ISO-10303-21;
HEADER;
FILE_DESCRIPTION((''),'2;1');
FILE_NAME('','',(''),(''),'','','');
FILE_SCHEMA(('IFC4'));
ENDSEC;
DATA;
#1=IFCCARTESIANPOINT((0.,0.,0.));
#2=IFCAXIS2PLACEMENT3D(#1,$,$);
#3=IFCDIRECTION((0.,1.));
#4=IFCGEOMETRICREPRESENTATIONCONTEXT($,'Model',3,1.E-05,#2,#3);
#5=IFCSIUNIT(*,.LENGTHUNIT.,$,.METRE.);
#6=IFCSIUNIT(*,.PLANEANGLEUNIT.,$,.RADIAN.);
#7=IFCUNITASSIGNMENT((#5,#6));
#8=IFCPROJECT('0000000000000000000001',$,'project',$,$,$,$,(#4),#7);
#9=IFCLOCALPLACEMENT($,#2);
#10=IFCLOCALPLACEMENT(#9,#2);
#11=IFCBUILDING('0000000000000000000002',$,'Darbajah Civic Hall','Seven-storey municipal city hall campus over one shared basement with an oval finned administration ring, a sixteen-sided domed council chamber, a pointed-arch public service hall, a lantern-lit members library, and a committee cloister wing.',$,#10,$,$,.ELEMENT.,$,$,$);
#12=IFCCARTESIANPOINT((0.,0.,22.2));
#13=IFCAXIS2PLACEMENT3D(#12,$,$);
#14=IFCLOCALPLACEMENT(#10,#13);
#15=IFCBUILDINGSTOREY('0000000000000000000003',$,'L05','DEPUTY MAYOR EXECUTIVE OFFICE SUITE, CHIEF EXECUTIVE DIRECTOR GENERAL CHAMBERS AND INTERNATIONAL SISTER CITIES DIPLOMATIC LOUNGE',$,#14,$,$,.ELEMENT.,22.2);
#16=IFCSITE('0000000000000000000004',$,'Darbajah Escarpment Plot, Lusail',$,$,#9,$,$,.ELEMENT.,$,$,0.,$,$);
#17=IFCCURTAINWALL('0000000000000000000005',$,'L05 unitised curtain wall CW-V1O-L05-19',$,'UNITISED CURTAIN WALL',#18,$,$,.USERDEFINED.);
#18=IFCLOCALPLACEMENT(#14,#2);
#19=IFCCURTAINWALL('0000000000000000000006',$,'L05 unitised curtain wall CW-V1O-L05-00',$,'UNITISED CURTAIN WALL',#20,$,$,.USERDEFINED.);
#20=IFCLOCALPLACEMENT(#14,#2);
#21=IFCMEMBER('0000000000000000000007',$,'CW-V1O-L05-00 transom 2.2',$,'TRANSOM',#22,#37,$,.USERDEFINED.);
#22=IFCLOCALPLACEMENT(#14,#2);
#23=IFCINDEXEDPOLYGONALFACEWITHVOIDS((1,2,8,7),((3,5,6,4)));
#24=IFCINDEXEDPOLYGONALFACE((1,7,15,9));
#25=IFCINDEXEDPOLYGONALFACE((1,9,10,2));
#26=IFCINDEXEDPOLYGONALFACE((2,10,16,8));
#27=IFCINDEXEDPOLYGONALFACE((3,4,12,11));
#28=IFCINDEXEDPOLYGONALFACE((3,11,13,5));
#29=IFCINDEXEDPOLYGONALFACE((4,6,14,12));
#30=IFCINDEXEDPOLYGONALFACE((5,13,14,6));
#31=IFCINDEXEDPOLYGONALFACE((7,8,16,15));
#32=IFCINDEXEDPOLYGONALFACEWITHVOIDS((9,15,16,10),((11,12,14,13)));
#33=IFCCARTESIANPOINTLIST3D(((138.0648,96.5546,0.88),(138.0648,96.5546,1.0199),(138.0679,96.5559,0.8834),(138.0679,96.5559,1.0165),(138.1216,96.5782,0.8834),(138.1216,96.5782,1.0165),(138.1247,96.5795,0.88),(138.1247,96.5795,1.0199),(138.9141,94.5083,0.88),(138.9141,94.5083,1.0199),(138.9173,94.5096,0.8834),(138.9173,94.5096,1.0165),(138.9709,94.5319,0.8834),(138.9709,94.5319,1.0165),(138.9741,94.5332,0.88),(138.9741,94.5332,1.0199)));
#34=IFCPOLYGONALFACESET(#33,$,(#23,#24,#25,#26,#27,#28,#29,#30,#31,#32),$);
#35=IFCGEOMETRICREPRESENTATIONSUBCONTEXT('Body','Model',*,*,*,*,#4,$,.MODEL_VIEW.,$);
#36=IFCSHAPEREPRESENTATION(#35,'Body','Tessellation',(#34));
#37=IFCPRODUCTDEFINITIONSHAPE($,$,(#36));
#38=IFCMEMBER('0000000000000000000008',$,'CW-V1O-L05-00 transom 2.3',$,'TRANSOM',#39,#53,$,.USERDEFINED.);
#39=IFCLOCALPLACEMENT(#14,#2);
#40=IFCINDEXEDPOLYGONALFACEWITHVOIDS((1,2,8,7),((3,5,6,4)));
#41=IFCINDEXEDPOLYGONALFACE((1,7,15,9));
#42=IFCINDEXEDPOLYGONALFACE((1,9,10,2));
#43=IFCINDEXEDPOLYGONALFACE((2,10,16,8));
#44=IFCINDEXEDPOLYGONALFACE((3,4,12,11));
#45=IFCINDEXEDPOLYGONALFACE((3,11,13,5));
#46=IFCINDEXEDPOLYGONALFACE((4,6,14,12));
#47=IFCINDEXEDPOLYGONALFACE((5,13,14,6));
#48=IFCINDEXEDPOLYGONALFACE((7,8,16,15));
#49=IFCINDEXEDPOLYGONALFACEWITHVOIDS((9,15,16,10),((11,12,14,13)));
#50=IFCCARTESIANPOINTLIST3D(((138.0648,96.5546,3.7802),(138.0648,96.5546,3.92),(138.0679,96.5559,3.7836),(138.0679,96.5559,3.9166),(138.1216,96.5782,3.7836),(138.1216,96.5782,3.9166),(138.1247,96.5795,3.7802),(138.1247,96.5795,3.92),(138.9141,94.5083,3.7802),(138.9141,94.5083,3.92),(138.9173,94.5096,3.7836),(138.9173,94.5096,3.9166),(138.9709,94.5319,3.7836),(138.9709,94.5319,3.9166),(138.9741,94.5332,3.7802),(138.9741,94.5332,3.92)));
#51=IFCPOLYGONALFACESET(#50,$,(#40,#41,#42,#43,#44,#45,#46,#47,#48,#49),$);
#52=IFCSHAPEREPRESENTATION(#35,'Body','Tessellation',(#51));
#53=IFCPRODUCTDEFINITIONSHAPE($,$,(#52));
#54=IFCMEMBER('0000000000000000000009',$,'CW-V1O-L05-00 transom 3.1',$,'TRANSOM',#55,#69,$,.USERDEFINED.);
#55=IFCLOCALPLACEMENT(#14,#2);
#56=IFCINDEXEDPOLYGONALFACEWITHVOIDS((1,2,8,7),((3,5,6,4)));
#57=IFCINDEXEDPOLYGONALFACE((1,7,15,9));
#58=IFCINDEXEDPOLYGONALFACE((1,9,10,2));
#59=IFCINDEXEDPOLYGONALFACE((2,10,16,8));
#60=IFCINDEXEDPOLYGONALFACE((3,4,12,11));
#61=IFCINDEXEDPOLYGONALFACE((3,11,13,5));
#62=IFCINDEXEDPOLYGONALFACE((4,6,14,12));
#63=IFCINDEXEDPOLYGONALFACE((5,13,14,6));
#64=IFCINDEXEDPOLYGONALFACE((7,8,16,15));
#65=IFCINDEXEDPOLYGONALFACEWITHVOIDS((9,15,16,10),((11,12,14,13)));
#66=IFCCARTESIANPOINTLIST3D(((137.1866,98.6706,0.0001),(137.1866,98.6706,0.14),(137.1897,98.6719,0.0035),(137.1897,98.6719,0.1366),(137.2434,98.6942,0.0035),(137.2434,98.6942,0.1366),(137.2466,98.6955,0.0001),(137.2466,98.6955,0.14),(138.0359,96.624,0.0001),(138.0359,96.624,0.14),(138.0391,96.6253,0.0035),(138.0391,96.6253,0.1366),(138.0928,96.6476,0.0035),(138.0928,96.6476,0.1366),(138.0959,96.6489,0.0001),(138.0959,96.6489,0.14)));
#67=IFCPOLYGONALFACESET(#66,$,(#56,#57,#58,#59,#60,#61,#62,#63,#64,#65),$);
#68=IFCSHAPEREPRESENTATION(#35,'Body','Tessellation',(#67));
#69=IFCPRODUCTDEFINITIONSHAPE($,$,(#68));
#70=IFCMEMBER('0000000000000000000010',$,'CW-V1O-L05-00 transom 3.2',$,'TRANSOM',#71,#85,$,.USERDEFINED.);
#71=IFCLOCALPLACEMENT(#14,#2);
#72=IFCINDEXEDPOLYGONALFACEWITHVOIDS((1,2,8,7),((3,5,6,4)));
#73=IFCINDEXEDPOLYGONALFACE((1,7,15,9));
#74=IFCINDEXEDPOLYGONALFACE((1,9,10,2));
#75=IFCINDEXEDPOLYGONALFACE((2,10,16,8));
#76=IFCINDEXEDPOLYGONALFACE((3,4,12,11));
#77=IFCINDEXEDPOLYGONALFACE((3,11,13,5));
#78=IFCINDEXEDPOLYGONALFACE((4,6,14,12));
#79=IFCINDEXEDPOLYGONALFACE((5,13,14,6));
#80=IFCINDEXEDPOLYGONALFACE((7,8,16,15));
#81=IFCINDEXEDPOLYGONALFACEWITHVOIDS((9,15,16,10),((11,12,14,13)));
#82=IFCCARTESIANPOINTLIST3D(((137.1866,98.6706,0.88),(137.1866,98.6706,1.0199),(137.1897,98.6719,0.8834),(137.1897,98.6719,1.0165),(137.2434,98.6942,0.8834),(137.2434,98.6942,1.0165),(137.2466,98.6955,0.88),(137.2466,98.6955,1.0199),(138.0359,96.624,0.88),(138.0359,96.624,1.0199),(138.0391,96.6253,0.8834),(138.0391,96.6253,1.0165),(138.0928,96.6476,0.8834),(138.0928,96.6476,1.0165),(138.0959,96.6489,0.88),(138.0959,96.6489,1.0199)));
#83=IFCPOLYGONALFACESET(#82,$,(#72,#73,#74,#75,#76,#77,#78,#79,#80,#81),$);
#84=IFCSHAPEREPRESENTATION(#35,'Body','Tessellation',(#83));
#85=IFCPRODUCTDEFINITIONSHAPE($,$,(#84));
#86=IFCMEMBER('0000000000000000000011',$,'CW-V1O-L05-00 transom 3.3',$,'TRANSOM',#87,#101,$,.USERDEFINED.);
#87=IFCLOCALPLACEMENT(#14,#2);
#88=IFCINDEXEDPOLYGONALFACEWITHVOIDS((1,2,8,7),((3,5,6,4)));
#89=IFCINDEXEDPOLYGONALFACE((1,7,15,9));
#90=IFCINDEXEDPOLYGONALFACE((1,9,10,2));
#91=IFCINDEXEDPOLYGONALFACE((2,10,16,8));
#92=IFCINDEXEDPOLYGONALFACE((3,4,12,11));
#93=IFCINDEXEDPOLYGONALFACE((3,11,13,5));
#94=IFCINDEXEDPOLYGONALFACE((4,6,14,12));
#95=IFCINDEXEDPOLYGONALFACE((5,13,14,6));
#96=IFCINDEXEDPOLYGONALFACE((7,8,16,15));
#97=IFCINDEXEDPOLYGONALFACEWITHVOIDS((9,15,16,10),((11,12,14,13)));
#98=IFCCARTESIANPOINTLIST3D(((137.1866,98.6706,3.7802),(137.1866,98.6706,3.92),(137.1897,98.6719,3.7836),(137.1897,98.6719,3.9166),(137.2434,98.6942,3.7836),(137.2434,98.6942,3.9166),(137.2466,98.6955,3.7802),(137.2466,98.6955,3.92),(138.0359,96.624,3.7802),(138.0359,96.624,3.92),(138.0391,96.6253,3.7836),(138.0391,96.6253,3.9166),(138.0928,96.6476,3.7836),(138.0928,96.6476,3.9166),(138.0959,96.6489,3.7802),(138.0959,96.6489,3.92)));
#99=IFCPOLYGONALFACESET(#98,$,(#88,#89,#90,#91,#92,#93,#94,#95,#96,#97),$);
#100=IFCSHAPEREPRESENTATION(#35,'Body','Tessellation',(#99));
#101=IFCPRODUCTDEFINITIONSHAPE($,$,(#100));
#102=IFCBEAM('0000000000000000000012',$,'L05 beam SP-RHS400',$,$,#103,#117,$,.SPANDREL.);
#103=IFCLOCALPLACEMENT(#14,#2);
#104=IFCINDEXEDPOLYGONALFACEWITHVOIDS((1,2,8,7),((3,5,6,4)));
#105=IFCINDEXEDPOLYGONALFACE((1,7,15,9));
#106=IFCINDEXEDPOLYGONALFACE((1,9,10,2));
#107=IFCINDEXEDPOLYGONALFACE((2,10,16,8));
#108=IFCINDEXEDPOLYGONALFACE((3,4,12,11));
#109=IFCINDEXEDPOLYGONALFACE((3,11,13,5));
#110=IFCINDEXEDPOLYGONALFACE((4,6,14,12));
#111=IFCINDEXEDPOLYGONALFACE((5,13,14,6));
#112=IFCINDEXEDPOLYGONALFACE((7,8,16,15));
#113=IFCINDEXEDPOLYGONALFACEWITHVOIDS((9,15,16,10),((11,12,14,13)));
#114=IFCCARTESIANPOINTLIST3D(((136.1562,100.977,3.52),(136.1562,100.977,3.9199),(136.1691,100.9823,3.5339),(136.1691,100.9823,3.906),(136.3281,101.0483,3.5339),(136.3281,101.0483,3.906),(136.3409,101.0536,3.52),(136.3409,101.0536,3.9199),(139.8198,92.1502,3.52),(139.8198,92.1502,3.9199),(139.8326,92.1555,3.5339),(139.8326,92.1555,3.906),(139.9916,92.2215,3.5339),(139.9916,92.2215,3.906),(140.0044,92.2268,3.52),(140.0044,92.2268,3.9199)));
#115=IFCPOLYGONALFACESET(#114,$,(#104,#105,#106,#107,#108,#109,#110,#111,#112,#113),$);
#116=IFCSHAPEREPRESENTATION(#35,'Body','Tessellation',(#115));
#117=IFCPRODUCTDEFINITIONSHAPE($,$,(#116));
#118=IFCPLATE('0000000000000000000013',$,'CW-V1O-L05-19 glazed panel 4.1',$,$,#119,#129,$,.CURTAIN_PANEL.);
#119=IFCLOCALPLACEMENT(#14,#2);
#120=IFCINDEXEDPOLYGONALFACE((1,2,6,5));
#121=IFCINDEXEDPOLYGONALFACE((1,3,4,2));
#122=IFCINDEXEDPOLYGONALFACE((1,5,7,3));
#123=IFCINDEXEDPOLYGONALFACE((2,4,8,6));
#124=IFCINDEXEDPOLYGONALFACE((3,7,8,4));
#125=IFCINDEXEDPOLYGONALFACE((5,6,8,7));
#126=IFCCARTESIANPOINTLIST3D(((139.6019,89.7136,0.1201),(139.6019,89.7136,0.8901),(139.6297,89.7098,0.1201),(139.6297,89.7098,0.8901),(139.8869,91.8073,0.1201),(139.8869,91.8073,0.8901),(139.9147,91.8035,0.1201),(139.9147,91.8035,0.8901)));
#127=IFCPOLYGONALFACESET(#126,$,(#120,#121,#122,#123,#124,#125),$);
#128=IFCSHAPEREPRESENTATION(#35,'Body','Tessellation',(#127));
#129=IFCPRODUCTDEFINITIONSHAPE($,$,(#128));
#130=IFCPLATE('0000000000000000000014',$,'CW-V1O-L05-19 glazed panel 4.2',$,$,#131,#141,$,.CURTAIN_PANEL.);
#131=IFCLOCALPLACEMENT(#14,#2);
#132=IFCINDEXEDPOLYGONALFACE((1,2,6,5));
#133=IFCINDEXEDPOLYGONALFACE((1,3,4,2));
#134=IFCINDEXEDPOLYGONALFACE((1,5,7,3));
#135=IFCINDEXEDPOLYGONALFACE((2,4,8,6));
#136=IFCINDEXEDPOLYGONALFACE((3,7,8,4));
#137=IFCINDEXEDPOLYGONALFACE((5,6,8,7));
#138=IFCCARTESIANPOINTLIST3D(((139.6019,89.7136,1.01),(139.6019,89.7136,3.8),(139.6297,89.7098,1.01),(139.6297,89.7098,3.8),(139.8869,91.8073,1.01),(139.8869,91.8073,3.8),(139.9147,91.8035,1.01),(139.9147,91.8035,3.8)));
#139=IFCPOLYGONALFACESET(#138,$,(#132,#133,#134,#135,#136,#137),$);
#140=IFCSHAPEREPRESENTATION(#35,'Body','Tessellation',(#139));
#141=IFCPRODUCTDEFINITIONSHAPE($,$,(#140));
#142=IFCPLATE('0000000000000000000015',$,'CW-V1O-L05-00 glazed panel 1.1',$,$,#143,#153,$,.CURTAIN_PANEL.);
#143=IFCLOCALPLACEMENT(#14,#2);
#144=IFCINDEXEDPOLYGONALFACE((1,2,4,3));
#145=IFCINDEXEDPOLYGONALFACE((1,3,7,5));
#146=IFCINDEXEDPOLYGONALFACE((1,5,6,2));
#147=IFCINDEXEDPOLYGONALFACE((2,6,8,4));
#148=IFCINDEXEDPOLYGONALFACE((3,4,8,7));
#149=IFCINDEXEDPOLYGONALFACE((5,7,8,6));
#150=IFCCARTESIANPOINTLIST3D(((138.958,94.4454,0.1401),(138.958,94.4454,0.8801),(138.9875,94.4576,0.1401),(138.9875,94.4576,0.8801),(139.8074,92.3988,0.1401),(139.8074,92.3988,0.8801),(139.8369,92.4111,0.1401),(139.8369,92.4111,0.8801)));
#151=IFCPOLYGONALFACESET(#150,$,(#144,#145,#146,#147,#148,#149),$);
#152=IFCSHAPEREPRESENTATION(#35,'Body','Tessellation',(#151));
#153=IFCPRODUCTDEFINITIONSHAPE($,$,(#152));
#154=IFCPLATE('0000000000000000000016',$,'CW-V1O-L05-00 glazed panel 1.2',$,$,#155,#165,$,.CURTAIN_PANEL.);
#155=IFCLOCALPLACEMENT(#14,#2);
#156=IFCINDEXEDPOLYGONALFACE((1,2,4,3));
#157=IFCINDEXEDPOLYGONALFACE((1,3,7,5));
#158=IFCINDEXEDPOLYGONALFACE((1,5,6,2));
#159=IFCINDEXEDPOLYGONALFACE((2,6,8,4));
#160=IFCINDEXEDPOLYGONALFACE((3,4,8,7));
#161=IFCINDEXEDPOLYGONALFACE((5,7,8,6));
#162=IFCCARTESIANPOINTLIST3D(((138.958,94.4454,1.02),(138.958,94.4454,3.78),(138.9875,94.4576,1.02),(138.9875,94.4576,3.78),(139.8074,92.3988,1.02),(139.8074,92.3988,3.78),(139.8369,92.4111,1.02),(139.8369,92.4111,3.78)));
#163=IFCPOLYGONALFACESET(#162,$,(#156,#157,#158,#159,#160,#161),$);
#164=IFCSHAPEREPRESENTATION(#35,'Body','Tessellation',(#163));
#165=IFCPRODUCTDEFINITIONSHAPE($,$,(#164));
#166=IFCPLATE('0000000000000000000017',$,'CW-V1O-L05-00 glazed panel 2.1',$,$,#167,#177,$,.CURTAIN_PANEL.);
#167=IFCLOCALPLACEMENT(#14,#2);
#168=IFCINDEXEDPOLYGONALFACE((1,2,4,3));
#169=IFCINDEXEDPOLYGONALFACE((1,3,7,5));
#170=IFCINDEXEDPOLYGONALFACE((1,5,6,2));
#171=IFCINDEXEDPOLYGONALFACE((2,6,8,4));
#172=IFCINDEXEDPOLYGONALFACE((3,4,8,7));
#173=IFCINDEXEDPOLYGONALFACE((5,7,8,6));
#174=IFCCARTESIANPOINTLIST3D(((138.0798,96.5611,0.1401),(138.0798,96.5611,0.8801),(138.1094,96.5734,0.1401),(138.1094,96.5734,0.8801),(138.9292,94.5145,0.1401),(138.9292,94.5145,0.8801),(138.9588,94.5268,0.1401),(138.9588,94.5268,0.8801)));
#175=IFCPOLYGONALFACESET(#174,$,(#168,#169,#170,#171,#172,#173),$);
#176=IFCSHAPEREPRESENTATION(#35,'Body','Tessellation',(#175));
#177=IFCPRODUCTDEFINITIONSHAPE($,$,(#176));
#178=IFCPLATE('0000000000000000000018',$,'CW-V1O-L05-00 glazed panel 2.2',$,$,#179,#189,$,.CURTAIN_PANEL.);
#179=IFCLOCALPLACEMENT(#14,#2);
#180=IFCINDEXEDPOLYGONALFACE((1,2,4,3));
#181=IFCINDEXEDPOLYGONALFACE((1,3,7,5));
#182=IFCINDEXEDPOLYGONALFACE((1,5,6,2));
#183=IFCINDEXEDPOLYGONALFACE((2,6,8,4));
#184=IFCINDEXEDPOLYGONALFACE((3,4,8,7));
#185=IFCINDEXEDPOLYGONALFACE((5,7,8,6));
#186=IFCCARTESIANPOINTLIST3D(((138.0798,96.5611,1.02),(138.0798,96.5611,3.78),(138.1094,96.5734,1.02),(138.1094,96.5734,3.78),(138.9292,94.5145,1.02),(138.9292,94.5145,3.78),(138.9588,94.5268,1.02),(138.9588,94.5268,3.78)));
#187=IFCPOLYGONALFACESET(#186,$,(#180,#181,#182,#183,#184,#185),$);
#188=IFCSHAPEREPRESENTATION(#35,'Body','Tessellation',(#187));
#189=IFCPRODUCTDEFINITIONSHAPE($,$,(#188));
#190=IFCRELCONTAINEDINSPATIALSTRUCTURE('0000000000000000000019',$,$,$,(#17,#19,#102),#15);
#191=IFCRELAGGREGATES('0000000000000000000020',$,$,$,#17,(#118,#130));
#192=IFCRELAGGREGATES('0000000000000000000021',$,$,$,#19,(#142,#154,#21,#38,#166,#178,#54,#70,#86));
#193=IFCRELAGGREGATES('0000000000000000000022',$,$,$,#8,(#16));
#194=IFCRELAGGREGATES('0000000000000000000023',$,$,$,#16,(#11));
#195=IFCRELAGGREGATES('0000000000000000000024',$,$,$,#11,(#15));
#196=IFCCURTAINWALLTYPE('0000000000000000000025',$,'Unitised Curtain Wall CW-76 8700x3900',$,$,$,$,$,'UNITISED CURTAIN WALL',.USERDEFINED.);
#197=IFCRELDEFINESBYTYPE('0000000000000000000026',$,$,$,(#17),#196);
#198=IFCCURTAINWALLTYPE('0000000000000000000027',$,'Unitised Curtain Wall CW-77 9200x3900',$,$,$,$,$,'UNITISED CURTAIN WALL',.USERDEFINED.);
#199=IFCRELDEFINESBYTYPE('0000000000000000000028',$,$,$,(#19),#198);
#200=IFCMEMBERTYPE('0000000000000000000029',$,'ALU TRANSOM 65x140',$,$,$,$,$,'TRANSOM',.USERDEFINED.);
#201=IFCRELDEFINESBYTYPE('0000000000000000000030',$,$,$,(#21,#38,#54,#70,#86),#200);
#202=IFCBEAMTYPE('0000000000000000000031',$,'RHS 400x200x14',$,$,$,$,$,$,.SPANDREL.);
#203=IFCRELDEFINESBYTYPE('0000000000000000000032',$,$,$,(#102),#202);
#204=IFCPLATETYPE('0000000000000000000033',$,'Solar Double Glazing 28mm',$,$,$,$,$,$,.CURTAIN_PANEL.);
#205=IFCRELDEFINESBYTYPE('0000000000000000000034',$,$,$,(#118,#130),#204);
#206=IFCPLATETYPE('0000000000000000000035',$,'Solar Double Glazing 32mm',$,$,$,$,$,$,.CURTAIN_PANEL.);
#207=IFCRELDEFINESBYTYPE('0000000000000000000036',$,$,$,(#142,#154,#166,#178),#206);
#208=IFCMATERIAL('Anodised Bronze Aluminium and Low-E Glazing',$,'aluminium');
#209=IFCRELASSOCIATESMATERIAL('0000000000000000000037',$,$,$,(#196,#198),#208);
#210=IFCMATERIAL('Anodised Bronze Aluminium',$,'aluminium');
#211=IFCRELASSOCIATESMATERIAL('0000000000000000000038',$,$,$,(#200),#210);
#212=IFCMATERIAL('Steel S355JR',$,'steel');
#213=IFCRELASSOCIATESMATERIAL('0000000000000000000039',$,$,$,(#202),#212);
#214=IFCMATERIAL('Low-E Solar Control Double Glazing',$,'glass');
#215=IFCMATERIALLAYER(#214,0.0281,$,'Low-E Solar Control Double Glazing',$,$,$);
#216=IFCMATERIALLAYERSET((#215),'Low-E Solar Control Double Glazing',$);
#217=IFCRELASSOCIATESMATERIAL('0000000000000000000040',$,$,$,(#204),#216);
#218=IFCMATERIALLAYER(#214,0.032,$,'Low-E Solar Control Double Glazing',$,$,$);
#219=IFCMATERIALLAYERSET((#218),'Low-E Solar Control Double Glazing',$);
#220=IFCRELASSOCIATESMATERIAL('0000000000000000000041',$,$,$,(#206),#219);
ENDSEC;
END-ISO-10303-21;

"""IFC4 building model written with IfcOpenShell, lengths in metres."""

from ifc_helpers import new_model, si_unit, direction, frame, origin, origin_2d, place, context, subcontext, project, spatial, rectangle, hollow_rectangle, extrude, material, layer, layer_set, material_profile, profile_set, type_object, element, aggregate, save


model = new_model("IFC4")

# Units and contexts
model_context = context("Model", 3, precision=1e-05, world=origin(), true_north=direction((0.0, 1.0)))
body_context = subcontext(model_context, "Body", "Model", "MODEL_VIEW")
ifc_project = project(units=[si_unit("LENGTHUNIT", "METRE"), si_unit("PLANEANGLEUNIT", "RADIAN")], contexts=[model_context])

# Site, building, storey
site_placement = place(None, origin())
site = spatial("IfcSite", under=ifc_project, at=site_placement, Name="Darbajah Escarpment Plot, Lusail", CompositionType="ELEMENT", RefElevation=0.0)
building_placement = place(site_placement, origin())
building = spatial("IfcBuilding", under=site, at=building_placement, Name="Darbajah Civic Hall", Description="Seven-storey municipal city hall campus over one shared basement with an oval finned administration ring, a sixteen-sided domed council chamber, a pointed-arch public service hall, a lantern-lit members library, and a committee cloister wing.", CompositionType="ELEMENT")
storey_placement = place(building_placement, frame((0.0, 0.0, 22.2)))
storey = spatial("IfcBuildingStorey", under=building, at=storey_placement, Name="L05", Description="DEPUTY MAYOR EXECUTIVE OFFICE SUITE, CHIEF EXECUTIVE DIRECTOR GENERAL CHAMBERS AND INTERNATIONAL SISTER CITIES DIPLOMATIC LOUNGE", CompositionType="ELEMENT", Elevation=22.2)

# Curtain wall
ifc_material_1 = material(Name="Anodised Bronze Aluminium and Low-E Glazing", Category="aluminium")
curtain_wall_type_1 = type_object("IfcCurtainWallType", Name="Unitised Curtain Wall CW-76 8700x3900", ElementType="UNITISED CURTAIN WALL", PredefinedType="USERDEFINED", material=ifc_material_1)
curtain_wall_1_placement = place(storey_placement, origin())
curtain_wall_1 = element("IfcCurtainWall", 1, at=curtain_wall_1_placement, inside=storey, type_object=curtain_wall_type_1, Name="L05 unitised curtain wall CW-V1O-L05-19", ObjectType="UNITISED CURTAIN WALL", PredefinedType="USERDEFINED")
ifc_material_2 = material(Name="Anodised Bronze Aluminium", Category="aluminium")

# Curtain wall
curtain_wall_type_2 = type_object("IfcCurtainWallType", Name="Unitised Curtain Wall CW-77 9200x3900", ElementType="UNITISED CURTAIN WALL", PredefinedType="USERDEFINED", material=ifc_material_1)
curtain_wall_2_placement = place(storey_placement, origin())
curtain_wall_2 = element("IfcCurtainWall", 2, at=curtain_wall_2_placement, inside=storey, type_object=curtain_wall_type_2, Name="L05 unitised curtain wall CW-V1O-L05-00", ObjectType="UNITISED CURTAIN WALL", PredefinedType="USERDEFINED")

# Members
ifc_material_profile_1 = material_profile(ifc_material_2, hollow_rectangle(XDim=0.0649, YDim=0.1399, WallThickness=0.0034, at=origin_2d()), Name="ALU TRANSOM 65x140")
ifc_profile_set_1 = profile_set([ifc_material_profile_1], Name="Anodised Bronze Aluminium")
member_type_1 = type_object("IfcMemberType", Name="ALU TRANSOM 65x140", ElementType="TRANSOM", PredefinedType="USERDEFINED", material=ifc_profile_set_1)
member_1_placement = place(storey_placement, frame((138.9441, 94.5208, 0.95), z_axis=(-0.383348, 0.923604, 0.0), x_axis=(-0.923604, -0.383348, 0.0)))
member_1 = element("IfcMember", 3, at=member_1_placement, type_object=member_type_1, Name="CW-V1O-L05-00 transom 2.2", ObjectType="TRANSOM", PredefinedType="USERDEFINED", context=body_context, shape_type="SweptSolid", body=[
    extrude(hollow_rectangle(XDim=0.0649, YDim=0.1399, WallThickness=0.0034, at=origin_2d()), origin(), (0.0, 0.0, 1.0), 2.2156),
])
member_2_placement = place(storey_placement, frame((138.9441, 94.5208, 3.8501), z_axis=(-0.383348, 0.923604, 0.0), x_axis=(-0.923604, -0.383348, 0.0)))
member_2 = element("IfcMember", 4, at=member_2_placement, type_object=member_type_1, Name="CW-V1O-L05-00 transom 2.3", ObjectType="TRANSOM", PredefinedType="USERDEFINED", context=body_context, shape_type="SweptSolid", body=[
    extrude(hollow_rectangle(XDim=0.0649, YDim=0.1399, WallThickness=0.0034, at=origin_2d()), origin(), (0.0, 0.0, 1.0), 2.2156),
])
member_3_placement = place(storey_placement, frame((138.0659, 96.6365, 0.0701), z_axis=(-0.383309, 0.92362, 0.0), x_axis=(-0.92362, -0.383309, 0.0)))
member_3 = element("IfcMember", 5, at=member_3_placement, type_object=member_type_1, Name="CW-V1O-L05-00 transom 3.1", ObjectType="TRANSOM", PredefinedType="USERDEFINED", context=body_context, shape_type="SweptSolid", body=[
    extrude(hollow_rectangle(XDim=0.0649, YDim=0.1399, WallThickness=0.0034, at=origin_2d()), origin(), (0.0, 0.0, 1.0), 2.2158),
])
member_4_placement = place(storey_placement, frame((138.0659, 96.6365, 0.95), z_axis=(-0.383309, 0.92362, 0.0), x_axis=(-0.92362, -0.383309, 0.0)))
member_4 = element("IfcMember", 6, at=member_4_placement, type_object=member_type_1, Name="CW-V1O-L05-00 transom 3.2", ObjectType="TRANSOM", PredefinedType="USERDEFINED", context=body_context, shape_type="SweptSolid", body=[
    extrude(hollow_rectangle(XDim=0.0649, YDim=0.1399, WallThickness=0.0034, at=origin_2d()), origin(), (0.0, 0.0, 1.0), 2.2158),
])
member_5_placement = place(storey_placement, frame((138.0659, 96.6365, 3.8501), z_axis=(-0.383309, 0.92362, 0.0), x_axis=(-0.92362, -0.383309, 0.0)))
member_5 = element("IfcMember", 7, at=member_5_placement, type_object=member_type_1, Name="CW-V1O-L05-00 transom 3.3", ObjectType="TRANSOM", PredefinedType="USERDEFINED", context=body_context, shape_type="SweptSolid", body=[
    extrude(hollow_rectangle(XDim=0.0649, YDim=0.1399, WallThickness=0.0034, at=origin_2d()), origin(), (0.0, 0.0, 1.0), 2.2158),
])

# Beam
ifc_material_3 = material(Name="Steel S355JR", Category="steel")
ifc_material_profile_2 = material_profile(ifc_material_3, hollow_rectangle(XDim=0.2, YDim=0.3999, WallThickness=0.0139, at=origin_2d()), Name="RHS 400x200x14")
ifc_profile_set_2 = profile_set([ifc_material_profile_2], Name="Steel S355JR")
beam_type = type_object("IfcBeamType", Name="RHS 400x200x14", PredefinedType="SPANDREL", material=ifc_profile_set_2)
beam_placement = place(storey_placement, frame((139.9121, 92.1885, 3.72), z_axis=(-0.38334, 0.923607, 0.0), x_axis=(-0.923607, -0.38334, 0.0)))
element("IfcBeam", 8, at=beam_placement, inside=storey, type_object=beam_type, Name="L05 beam SP-RHS400", PredefinedType="SPANDREL", context=body_context, shape_type="SweptSolid", body=[
    extrude(hollow_rectangle(XDim=0.2, YDim=0.3999, WallThickness=0.0139, at=origin_2d()), origin(), (0.0, 0.0, 1.0), 9.5569),
])

# Plates
ifc_material_4 = material(Name="Low-E Solar Control Double Glazing", Category="glass")
ifc_layer_1 = layer(ifc_material_4, 0.0281, Name="Low-E Solar Control Double Glazing")
ifc_layer_set_1 = layer_set([ifc_layer_1], Name="Low-E Solar Control Double Glazing")
plate_type_1 = type_object("IfcPlateType", Name="Solar Double Glazing 28mm", PredefinedType="CURTAIN_PANEL", material=ifc_layer_set_1)
plate_1_placement = place(storey_placement, frame((139.7583, 90.7585, 0.1201), z_axis=(0.0, 0.0, 1.0), x_axis=(0.134851, 0.990866, 0.0)))
plate_1 = element("IfcPlate", 9, at=plate_1_placement, type_object=plate_type_1, Name="CW-V1O-L05-19 glazed panel 4.1", PredefinedType="CURTAIN_PANEL", context=body_context, shape_type="SweptSolid", body=[
    extrude(rectangle(XDim=2.113, YDim=0.0281, at=origin_2d()), origin(), (0.0, 0.0, 1.0), 0.77),
])
plate_2_placement = place(storey_placement, frame((139.7583, 90.7585, 1.01), z_axis=(0.0, 0.0, 1.0), x_axis=(0.134851, 0.990866, 0.0)))
plate_2 = element("IfcPlate", 10, at=plate_2_placement, type_object=plate_type_1, Name="CW-V1O-L05-19 glazed panel 4.2", PredefinedType="CURTAIN_PANEL", context=body_context, shape_type="SweptSolid", body=[
    extrude(rectangle(XDim=2.113, YDim=0.0281, at=origin_2d()), origin(), (0.0, 0.0, 1.0), 2.79),
])
aggregate(curtain_wall_1, [plate_1, plate_2])
ifc_layer_2 = layer(ifc_material_4, 0.032, Name="Low-E Solar Control Double Glazing")
ifc_layer_set_2 = layer_set([ifc_layer_2], Name="Low-E Solar Control Double Glazing")
plate_type_2 = type_object("IfcPlateType", Name="Solar Double Glazing 32mm", PredefinedType="CURTAIN_PANEL", material=ifc_layer_set_2)
plate_3_placement = place(storey_placement, frame((139.3975, 93.4282, 0.1401), z_axis=(0.0, 0.0, 1.0), x_axis=(-0.383328, 0.923612, 0.0)))
plate_3 = element("IfcPlate", 11, at=plate_3_placement, type_object=plate_type_2, Name="CW-V1O-L05-00 glazed panel 1.1", PredefinedType="CURTAIN_PANEL", context=body_context, shape_type="SweptSolid", body=[
    extrude(rectangle(XDim=2.2158, YDim=0.032, at=origin_2d()), origin(), (0.0, 0.0, 1.0), 0.74),
])
plate_4_placement = place(storey_placement, frame((139.3975, 93.4282, 1.02), z_axis=(0.0, 0.0, 1.0), x_axis=(-0.383328, 0.923612, 0.0)))
plate_4 = element("IfcPlate", 12, at=plate_4_placement, type_object=plate_type_2, Name="CW-V1O-L05-00 glazed panel 1.2", PredefinedType="CURTAIN_PANEL", context=body_context, shape_type="SweptSolid", body=[
    extrude(rectangle(XDim=2.2158, YDim=0.032, at=origin_2d()), origin(), (0.0, 0.0, 1.0), 2.76),
])
plate_5_placement = place(storey_placement, frame((138.5193, 95.5439, 0.1401), z_axis=(0.0, 0.0, 1.0), x_axis=(-0.383328, 0.923612, 0.0)))
plate_5 = element("IfcPlate", 13, at=plate_5_placement, type_object=plate_type_2, Name="CW-V1O-L05-00 glazed panel 2.1", PredefinedType="CURTAIN_PANEL", context=body_context, shape_type="SweptSolid", body=[
    extrude(rectangle(XDim=2.2158, YDim=0.032, at=origin_2d()), origin(), (0.0, 0.0, 1.0), 0.74),
])
plate_6_placement = place(storey_placement, frame((138.5193, 95.5439, 1.02), z_axis=(0.0, 0.0, 1.0), x_axis=(-0.383328, 0.923612, 0.0)))
plate_6 = element("IfcPlate", 14, at=plate_6_placement, type_object=plate_type_2, Name="CW-V1O-L05-00 glazed panel 2.2", PredefinedType="CURTAIN_PANEL", context=body_context, shape_type="SweptSolid", body=[
    extrude(rectangle(XDim=2.2158, YDim=0.032, at=origin_2d()), origin(), (0.0, 0.0, 1.0), 2.76),
])
aggregate(curtain_wall_2, [plate_3, plate_4, member_1, member_2, plate_5, plate_6, member_3, member_4, member_5])

save(model, "model.ifc")
